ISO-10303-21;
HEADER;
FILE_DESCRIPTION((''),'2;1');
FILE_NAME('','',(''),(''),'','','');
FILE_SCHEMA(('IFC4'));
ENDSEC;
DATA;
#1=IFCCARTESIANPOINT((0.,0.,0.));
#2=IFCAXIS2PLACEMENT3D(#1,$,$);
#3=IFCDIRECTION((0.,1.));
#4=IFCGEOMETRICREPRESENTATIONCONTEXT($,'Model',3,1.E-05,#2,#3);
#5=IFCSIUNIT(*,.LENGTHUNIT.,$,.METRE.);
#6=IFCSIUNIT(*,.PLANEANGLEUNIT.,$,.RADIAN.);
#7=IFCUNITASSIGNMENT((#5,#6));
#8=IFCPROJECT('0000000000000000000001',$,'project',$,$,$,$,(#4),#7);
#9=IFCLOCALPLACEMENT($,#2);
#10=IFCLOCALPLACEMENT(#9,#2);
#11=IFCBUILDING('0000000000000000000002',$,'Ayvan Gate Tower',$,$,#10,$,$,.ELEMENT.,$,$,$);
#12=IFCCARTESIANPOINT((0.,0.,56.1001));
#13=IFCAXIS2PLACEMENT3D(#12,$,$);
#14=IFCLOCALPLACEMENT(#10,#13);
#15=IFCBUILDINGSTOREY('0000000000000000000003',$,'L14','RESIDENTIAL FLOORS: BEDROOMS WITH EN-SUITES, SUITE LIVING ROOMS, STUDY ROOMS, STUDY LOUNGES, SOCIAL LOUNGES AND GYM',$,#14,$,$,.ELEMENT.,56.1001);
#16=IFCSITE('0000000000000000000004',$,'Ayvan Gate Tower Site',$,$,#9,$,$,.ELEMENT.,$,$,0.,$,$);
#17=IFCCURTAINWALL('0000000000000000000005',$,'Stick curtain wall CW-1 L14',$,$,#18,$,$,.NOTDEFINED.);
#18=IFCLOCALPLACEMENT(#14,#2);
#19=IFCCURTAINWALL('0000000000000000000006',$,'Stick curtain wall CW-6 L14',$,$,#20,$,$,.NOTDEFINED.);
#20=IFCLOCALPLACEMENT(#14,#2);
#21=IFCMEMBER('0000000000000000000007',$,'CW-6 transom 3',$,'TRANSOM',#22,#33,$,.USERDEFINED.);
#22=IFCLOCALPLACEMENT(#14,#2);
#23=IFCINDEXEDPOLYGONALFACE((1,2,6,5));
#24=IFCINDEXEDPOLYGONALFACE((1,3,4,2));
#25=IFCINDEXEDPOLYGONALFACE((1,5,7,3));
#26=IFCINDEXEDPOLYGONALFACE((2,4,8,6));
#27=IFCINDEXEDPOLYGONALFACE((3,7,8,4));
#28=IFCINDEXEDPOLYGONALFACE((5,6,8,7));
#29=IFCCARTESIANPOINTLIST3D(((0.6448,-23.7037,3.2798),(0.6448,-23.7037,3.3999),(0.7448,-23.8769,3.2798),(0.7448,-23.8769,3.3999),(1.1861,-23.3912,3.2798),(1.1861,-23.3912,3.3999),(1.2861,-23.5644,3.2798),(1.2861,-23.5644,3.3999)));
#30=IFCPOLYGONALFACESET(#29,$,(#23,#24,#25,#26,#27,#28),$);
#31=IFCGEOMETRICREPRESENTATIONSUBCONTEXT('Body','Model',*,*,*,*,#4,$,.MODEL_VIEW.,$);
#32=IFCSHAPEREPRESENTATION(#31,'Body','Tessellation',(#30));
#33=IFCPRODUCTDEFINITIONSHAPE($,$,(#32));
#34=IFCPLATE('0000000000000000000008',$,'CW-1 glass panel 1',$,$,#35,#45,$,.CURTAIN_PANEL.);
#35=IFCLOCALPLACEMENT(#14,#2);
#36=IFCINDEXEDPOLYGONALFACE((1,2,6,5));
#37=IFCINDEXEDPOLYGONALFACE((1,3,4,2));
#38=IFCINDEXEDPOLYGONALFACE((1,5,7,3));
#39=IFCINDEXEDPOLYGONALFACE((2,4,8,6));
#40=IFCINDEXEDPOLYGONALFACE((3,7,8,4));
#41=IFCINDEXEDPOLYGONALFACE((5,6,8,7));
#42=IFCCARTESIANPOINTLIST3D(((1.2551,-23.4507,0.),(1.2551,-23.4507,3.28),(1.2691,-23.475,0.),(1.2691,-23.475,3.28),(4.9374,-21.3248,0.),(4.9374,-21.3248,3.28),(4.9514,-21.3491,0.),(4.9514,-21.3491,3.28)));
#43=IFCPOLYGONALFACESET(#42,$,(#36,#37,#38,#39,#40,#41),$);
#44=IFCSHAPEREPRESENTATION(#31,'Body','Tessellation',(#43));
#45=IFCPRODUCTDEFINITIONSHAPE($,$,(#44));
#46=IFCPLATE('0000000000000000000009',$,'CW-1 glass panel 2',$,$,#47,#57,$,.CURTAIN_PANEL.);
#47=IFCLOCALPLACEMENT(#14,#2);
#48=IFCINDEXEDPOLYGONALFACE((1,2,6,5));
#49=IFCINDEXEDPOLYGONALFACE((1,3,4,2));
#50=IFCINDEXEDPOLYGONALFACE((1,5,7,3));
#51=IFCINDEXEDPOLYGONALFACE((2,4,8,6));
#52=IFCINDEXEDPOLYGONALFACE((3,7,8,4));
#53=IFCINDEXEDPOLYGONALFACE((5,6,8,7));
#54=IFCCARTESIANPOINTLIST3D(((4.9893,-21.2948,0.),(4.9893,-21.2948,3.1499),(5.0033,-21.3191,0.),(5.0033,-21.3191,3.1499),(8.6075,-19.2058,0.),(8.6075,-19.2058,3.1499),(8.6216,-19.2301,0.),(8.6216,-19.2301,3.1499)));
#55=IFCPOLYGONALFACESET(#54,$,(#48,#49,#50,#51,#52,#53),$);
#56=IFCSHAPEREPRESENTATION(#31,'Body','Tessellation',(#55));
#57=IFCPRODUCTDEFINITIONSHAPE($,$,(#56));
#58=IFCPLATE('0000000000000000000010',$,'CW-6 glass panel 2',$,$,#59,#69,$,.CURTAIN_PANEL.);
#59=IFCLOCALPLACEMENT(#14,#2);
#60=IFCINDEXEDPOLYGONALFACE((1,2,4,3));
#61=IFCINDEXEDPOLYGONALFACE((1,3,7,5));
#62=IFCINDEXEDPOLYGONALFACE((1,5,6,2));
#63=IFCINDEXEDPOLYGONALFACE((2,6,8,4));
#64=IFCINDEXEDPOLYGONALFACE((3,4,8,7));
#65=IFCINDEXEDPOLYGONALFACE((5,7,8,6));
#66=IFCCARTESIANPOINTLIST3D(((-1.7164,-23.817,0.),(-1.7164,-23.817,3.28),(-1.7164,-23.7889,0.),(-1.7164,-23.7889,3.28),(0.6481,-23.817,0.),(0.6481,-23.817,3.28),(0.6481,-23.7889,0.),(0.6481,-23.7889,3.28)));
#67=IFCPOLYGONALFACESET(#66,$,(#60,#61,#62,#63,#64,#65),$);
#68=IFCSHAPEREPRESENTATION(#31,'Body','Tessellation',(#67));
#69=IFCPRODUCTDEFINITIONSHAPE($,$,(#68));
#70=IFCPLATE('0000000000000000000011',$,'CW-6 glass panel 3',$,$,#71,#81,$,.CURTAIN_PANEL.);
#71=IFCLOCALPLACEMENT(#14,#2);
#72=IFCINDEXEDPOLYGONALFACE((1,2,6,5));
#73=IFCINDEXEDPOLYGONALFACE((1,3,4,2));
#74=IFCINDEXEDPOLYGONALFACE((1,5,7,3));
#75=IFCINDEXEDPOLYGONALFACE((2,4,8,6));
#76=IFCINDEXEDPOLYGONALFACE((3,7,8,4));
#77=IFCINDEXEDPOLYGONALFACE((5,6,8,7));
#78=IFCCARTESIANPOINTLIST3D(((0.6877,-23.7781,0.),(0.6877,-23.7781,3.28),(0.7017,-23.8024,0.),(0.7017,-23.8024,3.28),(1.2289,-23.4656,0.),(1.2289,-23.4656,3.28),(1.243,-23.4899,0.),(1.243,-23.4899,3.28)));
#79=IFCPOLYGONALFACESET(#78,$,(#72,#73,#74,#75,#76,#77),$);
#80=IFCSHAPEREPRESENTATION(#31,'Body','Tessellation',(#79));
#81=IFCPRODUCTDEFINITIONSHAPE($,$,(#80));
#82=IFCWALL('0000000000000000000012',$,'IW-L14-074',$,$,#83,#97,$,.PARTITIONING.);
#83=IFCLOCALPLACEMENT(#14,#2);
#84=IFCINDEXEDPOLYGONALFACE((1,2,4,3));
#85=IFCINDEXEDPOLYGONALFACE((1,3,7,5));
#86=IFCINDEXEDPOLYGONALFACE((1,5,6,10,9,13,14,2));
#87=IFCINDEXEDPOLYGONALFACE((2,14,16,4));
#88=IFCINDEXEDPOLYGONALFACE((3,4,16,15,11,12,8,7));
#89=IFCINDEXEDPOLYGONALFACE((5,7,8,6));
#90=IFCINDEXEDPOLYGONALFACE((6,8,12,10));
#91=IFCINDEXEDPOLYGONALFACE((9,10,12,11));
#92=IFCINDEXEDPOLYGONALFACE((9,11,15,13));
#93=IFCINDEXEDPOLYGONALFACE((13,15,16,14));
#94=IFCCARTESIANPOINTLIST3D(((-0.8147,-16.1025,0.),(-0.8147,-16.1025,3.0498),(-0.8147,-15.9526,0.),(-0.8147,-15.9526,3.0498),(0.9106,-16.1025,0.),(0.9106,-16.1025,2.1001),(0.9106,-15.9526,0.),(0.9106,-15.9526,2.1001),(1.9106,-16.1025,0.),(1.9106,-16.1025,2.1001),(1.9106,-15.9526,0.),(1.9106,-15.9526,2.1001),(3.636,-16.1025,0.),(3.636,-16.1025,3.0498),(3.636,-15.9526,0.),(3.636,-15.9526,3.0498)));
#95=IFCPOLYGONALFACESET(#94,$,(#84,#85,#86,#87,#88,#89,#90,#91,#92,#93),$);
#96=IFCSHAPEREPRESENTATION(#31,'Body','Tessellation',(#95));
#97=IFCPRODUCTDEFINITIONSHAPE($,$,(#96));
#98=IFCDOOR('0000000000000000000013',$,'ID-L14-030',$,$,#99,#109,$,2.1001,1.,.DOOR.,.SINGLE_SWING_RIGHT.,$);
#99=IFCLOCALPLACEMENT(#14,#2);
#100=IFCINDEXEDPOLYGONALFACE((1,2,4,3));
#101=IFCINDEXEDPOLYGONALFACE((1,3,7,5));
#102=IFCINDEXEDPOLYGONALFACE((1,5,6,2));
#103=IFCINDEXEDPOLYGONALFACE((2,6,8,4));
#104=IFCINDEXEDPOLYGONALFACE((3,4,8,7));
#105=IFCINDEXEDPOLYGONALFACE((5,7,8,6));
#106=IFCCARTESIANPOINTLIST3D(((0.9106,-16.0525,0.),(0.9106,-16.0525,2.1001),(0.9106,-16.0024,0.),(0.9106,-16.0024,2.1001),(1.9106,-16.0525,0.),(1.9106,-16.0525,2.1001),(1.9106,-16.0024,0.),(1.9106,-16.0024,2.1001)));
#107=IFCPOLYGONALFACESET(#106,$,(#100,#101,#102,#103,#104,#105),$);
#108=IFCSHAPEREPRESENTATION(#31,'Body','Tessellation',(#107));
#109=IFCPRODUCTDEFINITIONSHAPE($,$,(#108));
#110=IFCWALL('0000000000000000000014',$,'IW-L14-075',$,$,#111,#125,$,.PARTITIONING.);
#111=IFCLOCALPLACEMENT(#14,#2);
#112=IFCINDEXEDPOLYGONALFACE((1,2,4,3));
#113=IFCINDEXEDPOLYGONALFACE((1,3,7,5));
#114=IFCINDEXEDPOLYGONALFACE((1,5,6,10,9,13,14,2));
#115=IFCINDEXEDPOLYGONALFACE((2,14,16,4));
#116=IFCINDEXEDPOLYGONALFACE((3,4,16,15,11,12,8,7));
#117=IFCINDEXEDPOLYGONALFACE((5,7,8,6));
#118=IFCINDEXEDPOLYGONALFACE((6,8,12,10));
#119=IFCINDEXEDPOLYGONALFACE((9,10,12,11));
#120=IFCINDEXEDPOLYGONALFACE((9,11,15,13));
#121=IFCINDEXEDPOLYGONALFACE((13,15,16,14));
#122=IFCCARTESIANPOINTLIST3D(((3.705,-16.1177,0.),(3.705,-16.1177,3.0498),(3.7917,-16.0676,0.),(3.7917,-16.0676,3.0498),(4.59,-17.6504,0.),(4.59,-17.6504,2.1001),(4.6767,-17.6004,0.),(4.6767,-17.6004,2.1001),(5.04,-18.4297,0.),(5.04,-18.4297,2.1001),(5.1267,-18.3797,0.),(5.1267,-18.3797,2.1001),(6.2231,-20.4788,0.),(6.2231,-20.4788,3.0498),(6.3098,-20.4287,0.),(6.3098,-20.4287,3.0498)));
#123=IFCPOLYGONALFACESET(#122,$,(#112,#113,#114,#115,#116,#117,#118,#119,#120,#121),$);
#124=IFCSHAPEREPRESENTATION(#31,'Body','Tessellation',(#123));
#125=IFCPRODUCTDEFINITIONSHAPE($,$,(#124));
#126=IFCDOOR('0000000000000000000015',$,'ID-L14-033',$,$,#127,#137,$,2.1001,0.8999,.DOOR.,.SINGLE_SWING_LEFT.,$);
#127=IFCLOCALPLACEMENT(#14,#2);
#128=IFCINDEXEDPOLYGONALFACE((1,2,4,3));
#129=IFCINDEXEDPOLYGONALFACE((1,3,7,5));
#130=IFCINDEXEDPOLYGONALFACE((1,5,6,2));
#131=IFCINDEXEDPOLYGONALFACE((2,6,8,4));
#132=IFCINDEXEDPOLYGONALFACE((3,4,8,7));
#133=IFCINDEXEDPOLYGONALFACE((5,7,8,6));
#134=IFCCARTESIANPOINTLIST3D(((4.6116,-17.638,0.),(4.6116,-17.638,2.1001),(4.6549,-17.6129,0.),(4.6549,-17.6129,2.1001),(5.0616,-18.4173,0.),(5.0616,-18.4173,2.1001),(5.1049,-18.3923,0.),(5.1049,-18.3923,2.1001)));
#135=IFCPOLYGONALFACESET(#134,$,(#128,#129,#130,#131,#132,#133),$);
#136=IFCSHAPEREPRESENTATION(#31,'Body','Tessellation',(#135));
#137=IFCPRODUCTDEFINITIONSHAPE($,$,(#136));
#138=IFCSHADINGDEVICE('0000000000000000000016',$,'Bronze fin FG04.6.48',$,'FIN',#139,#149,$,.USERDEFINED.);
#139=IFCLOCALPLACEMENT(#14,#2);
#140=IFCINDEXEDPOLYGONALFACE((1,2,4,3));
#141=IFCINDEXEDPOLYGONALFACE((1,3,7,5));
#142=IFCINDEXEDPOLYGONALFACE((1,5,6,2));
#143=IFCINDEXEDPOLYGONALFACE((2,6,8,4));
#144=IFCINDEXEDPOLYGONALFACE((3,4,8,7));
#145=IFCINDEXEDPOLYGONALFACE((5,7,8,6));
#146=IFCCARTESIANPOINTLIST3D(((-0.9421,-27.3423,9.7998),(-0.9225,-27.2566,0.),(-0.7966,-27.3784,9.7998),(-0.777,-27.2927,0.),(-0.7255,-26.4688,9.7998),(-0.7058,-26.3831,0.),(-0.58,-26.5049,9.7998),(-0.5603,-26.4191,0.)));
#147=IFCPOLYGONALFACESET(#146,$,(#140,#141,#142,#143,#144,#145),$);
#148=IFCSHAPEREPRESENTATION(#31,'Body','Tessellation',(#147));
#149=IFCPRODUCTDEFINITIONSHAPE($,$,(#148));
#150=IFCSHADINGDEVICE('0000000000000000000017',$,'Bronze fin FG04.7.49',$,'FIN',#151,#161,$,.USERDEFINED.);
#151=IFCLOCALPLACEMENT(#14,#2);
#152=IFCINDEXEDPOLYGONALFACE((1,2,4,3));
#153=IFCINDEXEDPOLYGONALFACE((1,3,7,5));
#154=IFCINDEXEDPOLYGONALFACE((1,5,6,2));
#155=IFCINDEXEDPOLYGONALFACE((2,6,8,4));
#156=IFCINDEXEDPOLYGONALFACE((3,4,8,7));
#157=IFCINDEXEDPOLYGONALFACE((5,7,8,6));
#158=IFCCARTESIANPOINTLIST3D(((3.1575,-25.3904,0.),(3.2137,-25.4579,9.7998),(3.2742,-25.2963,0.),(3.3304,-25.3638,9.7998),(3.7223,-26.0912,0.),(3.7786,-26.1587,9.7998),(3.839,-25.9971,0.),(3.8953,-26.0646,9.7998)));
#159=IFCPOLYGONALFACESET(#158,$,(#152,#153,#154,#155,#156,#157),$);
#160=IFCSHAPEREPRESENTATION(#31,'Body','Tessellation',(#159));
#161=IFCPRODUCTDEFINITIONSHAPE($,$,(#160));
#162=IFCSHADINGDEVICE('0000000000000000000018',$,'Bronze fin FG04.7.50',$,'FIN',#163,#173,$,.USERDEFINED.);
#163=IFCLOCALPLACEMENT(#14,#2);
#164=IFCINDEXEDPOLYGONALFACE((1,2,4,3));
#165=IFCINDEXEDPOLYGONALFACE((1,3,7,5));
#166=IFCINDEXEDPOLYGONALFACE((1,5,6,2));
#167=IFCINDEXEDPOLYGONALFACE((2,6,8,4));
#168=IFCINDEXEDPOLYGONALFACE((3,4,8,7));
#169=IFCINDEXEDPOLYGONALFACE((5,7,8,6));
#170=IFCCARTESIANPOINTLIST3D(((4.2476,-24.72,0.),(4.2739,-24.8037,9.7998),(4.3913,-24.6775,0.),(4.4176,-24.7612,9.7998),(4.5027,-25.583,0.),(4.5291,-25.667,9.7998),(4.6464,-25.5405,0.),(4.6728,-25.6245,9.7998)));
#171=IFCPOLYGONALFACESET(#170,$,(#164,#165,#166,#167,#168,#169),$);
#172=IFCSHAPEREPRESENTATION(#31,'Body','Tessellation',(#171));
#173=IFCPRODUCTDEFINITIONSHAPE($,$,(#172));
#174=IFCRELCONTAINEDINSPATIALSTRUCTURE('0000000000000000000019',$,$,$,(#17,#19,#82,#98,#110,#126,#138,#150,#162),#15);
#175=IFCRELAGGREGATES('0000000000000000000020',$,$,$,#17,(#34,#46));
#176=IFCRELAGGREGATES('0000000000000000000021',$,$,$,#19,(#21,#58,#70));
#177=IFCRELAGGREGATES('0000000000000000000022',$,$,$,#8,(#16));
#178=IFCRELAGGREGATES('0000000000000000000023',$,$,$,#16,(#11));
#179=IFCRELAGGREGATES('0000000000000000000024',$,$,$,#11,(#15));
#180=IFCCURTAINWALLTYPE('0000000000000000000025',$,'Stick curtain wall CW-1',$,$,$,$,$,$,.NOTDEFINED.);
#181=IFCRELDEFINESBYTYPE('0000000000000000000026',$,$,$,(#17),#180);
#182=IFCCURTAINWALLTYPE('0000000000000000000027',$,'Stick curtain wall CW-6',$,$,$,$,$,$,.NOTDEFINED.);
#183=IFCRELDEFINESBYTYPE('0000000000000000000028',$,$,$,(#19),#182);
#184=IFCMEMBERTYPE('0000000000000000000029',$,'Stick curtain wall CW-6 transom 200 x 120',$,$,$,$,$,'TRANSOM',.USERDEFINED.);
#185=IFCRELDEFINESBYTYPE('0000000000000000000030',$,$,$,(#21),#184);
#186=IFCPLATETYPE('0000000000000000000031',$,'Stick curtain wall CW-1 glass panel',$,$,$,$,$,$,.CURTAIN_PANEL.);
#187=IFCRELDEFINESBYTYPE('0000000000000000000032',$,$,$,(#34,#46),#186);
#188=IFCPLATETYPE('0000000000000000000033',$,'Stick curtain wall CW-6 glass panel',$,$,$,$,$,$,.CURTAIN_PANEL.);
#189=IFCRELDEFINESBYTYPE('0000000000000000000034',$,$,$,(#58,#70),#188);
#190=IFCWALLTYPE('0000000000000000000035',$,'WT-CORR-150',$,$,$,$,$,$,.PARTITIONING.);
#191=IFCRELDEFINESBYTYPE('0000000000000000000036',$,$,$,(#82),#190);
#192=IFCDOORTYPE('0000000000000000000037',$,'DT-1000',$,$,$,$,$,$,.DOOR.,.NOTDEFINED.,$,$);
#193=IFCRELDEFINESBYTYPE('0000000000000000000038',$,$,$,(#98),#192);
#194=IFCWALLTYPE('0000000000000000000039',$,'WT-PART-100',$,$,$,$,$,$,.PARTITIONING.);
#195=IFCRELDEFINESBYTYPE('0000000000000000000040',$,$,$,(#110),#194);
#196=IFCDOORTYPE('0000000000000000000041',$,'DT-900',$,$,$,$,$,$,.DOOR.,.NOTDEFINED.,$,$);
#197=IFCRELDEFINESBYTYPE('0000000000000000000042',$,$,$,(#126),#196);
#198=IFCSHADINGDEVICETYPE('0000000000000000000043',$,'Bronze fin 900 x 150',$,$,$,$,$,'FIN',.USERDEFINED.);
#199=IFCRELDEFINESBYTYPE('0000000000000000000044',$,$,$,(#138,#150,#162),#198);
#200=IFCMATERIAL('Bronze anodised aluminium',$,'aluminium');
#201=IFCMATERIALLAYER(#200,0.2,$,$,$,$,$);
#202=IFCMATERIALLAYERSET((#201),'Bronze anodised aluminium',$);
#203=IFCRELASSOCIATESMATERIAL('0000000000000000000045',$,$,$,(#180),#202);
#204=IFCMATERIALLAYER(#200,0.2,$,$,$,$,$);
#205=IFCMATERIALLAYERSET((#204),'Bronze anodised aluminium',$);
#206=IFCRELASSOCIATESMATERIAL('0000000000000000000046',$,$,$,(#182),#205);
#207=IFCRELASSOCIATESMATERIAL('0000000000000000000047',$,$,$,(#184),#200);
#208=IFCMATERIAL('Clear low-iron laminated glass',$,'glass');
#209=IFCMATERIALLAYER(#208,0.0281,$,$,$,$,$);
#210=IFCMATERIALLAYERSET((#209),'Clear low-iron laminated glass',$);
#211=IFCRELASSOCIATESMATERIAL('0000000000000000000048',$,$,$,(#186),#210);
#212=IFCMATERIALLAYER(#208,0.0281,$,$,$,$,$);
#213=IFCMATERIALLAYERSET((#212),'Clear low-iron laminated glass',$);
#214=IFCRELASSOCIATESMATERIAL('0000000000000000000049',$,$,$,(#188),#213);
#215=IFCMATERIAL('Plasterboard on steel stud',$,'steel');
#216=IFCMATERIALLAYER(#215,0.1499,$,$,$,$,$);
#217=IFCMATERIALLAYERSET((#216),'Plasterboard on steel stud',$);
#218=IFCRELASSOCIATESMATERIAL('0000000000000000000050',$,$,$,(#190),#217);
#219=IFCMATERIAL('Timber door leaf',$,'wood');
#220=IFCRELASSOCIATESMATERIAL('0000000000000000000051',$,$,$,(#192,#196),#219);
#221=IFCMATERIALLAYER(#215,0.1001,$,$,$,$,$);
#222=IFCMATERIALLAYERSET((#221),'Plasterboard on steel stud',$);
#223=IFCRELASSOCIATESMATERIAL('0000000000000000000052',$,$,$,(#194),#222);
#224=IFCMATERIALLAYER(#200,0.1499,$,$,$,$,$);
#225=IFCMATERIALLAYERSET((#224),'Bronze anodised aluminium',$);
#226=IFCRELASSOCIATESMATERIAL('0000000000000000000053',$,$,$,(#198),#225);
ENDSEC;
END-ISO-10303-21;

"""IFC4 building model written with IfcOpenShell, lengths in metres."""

from ifc_helpers import new_model, si_unit, direction, frame, frame_2d, origin, origin_2d, place, context, subcontext, project, spatial, polyline, rectangle, outline, extrude, material, layer, layer_set, material_profile, profile_set, type_object, element, fill, aggregate, save


model = new_model("IFC4")

# Units and contexts
model_context = context("Model", 3, precision=1e-05, world=origin(), true_north=direction((0.0, 1.0)))
body_context = subcontext(model_context, "Body", "Model", "MODEL_VIEW")
ifc_project = project(units=[si_unit("LENGTHUNIT", "METRE"), si_unit("PLANEANGLEUNIT", "RADIAN")], contexts=[model_context])

# Site, building, storey
site_placement = place(None, origin())
site = spatial("IfcSite", under=ifc_project, at=site_placement, Name="Ayvan Gate Tower Site", CompositionType="ELEMENT", RefElevation=0.0)
building_placement = place(site_placement, origin())
building = spatial("IfcBuilding", under=site, at=building_placement, Name="Ayvan Gate Tower", CompositionType="ELEMENT")
storey_placement = place(building_placement, frame((0.0, 0.0, 56.1001)))
storey = spatial("IfcBuildingStorey", under=building, at=storey_placement, Name="L14", Description="RESIDENTIAL FLOORS: BEDROOMS WITH EN-SUITES, SUITE LIVING ROOMS, STUDY ROOMS, STUDY LOUNGES, SOCIAL LOUNGES AND GYM", CompositionType="ELEMENT", Elevation=56.1001)

# Curtain walls, member
ifc_material_1 = material(Name="Bronze anodised aluminium", Category="aluminium")
ifc_layer_1 = layer(ifc_material_1, 0.2)
ifc_layer_set_1 = layer_set([ifc_layer_1], Name="Bronze anodised aluminium")
curtain_wall_type_1 = type_object("IfcCurtainWallType", Name="Stick curtain wall CW-1", PredefinedType="NOTDEFINED", material=ifc_layer_set_1)
curtain_wall_1_placement = place(storey_placement, origin())
curtain_wall_1 = element("IfcCurtainWall", 1, at=curtain_wall_1_placement, inside=storey, type_object=curtain_wall_type_1, Name="Stick curtain wall CW-1 L14", PredefinedType="NOTDEFINED")
ifc_layer_2 = layer(ifc_material_1, 0.2)
ifc_layer_set_2 = layer_set([ifc_layer_2], Name="Bronze anodised aluminium")
curtain_wall_type_2 = type_object("IfcCurtainWallType", Name="Stick curtain wall CW-6", PredefinedType="NOTDEFINED", material=ifc_layer_set_2)
curtain_wall_2_placement = place(storey_placement, origin())
curtain_wall_2 = element("IfcCurtainWall", 2, at=curtain_wall_2_placement, inside=storey, type_object=curtain_wall_type_2, Name="Stick curtain wall CW-6 L14", PredefinedType="NOTDEFINED")
ifc_material_profile_1 = material_profile(ifc_material_1, rectangle(XDim=0.2, YDim=0.1201, at=origin_2d()), Name="Stick curtain wall CW-6 transom 200 x 120")
ifc_profile_set_1 = profile_set([ifc_material_profile_1], Name="Bronze anodised aluminium")
member_type_1 = type_object("IfcMemberType", Name="Stick curtain wall CW-6 transom 200 x 120", ElementType="TRANSOM", PredefinedType="USERDEFINED", material=ifc_profile_set_1)
member_1_placement = place(storey_placement, frame((0.6948, -23.7903, 3.3398), z_axis=(0.866023, 0.500004, 0.0), x_axis=(-0.500004, 0.866023, 0.0)))
member_1 = element("IfcMember", 3, at=member_1_placement, type_object=member_type_1, Name="CW-6 transom 3", ObjectType="TRANSOM", PredefinedType="USERDEFINED", context=body_context, shape_type="SweptSolid", body=[
    extrude(rectangle(XDim=0.2, YDim=0.1201, at=origin_2d()), origin(), (0.0, 0.0, 1.0), 0.625),
])

# Plates
ifc_material_2 = material(Name="Clear low-iron laminated glass", Category="glass")
ifc_layer_3 = layer(ifc_material_2, 0.0281)
ifc_layer_set_3 = layer_set([ifc_layer_3], Name="Clear low-iron laminated glass")
plate_type_1 = type_object("IfcPlateType", Name="Stick curtain wall CW-1 glass panel", PredefinedType="CURTAIN_PANEL", material=ifc_layer_set_3)
plate_1_placement = place(storey_placement, frame((3.1033, -22.3999, 0.0), z_axis=(0.0, 0.0, 1.0), x_axis=(0.866025, 0.5, 0.0)))
plate_1 = element("IfcPlate", 4, at=plate_1_placement, type_object=plate_type_1, Name="CW-1 glass panel 1", PredefinedType="CURTAIN_PANEL", context=body_context, shape_type="SweptSolid", body=[
    extrude(rectangle(XDim=4.252, YDim=0.0281, at=origin_2d()), origin(), (0.0, 0.0, 1.0), 3.28),
])
plate_2_placement = place(storey_placement, frame((6.8054, -20.2625, 0.0), z_axis=(0.0, 0.0, 1.0), x_axis=(0.866025, 0.5, 0.0)))
plate_2 = element("IfcPlate", 5, at=plate_2_placement, type_object=plate_type_1, Name="CW-1 glass panel 2", PredefinedType="CURTAIN_PANEL", context=body_context, shape_type="SweptSolid", body=[
    extrude(rectangle(XDim=4.178, YDim=0.0281, at=origin_2d()), origin(), (0.0, 0.0, 1.0), 3.1499),
])
aggregate(curtain_wall_1, [plate_1, plate_2])
ifc_layer_4 = layer(ifc_material_2, 0.0281)
ifc_layer_set_4 = layer_set([ifc_layer_4], Name="Clear low-iron laminated glass")
plate_type_2 = type_object("IfcPlateType", Name="Stick curtain wall CW-6 glass panel", PredefinedType="CURTAIN_PANEL", material=ifc_layer_set_4)
plate_3_placement = place(storey_placement, frame((-0.5342, -23.803, 0.0), z_axis=(0.0, 0.0, 1.0), x_axis=(1.0, 0.0, 0.0)))
plate_3 = element("IfcPlate", 6, at=plate_3_placement, type_object=plate_type_2, Name="CW-6 glass panel 2", PredefinedType="CURTAIN_PANEL", context=body_context, shape_type="SweptSolid", body=[
    extrude(rectangle(XDim=2.3645, YDim=0.0281, at=origin_2d()), origin(), (0.0, 0.0, 1.0), 3.28),
])
plate_4_placement = place(storey_placement, frame((0.9653, -23.634, 0.0), z_axis=(0.0, 0.0, 1.0), x_axis=(0.866025, 0.5, 0.0)))
plate_4 = element("IfcPlate", 7, at=plate_4_placement, type_object=plate_type_2, Name="CW-6 glass panel 3", PredefinedType="CURTAIN_PANEL", context=body_context, shape_type="SweptSolid", body=[
    extrude(rectangle(XDim=0.625, YDim=0.0281, at=origin_2d()), origin(), (0.0, 0.0, 1.0), 3.28),
])
aggregate(curtain_wall_2, [member_1, plate_3, plate_4])

# Walls, openings, doors
ifc_material_3 = material(Name="Plasterboard on steel stud", Category="steel")
ifc_layer_5 = layer(ifc_material_3, 0.1499)
ifc_layer_set_5 = layer_set([ifc_layer_5], Name="Plasterboard on steel stud")
wall_type_1 = type_object("IfcWallType", Name="WT-CORR-150", PredefinedType="PARTITIONING", material=ifc_layer_set_5)
wall_1_placement = place(storey_placement, frame((3.636, -16.0276, 0.0), z_axis=(0.0, 0.0, 1.0), x_axis=(-1.0, 0.0, 0.0)))
wall_1 = element("IfcWall", 8, at=wall_1_placement, inside=storey, type_object=wall_type_1, Name="IW-L14-074", PredefinedType="PARTITIONING", context=body_context, shape_type="SweptSolid", body=[
    extrude(rectangle(XDim=4.4507, YDim=0.1499, at=frame_2d((2.2253, 0.0))), origin(), (0.0, 0.0, 1.0), 3.0498),
])
opening_1_placement = place(wall_1_placement, frame((1.7253, 0.0, 0.0)))
opening_1 = element("IfcOpeningElement", 9, at=opening_1_placement, cuts=wall_1, PredefinedType="OPENING", context=body_context, shape_type="SweptSolid", body=[
    extrude(rectangle(XDim=1.0, YDim=2.1001, at=frame_2d((0.5, 1.05))), frame((0.0, 0.085, 0.0), z_axis=(0.0, -1.0, 0.0), x_axis=(1.0, 0.0, 0.0)), (0.0, 0.0, 1.0), 0.1699),
])
ifc_material_4 = material(Name="Timber door leaf", Category="wood")
door_type_1 = type_object("IfcDoorType", Name="DT-1000", OperationType="NOTDEFINED", PredefinedType="DOOR", material=ifc_material_4)
door_1_placement = place(opening_1_placement, origin())
door_1 = element("IfcDoor", 10, at=door_1_placement, inside=storey, type_object=door_type_1, Name="ID-L14-030", OperationType="SINGLE_SWING_RIGHT", OverallHeight=2.1001, OverallWidth=1.0, PredefinedType="DOOR", context=body_context, shape_type="SweptSolid", body=[
    extrude(rectangle(XDim=1.0, YDim=2.1001, at=frame_2d((0.5, 1.05))), frame((0.0, 0.0249, 0.0), z_axis=(0.0, -1.0, 0.0), x_axis=(1.0, 0.0, 0.0)), (0.0, 0.0, 1.0), 0.05),
])
fill(opening_1, door_1)
ifc_layer_6 = layer(ifc_material_3, 0.1001)
ifc_layer_set_6 = layer_set([ifc_layer_6], Name="Plasterboard on steel stud")
wall_type_2 = type_object("IfcWallType", Name="WT-PART-100", PredefinedType="PARTITIONING", material=ifc_layer_set_6)
wall_2_placement = place(storey_placement, frame((3.7483, -16.0925, 0.0), z_axis=(0.0, 0.0, 1.0), x_axis=(0.500029, -0.866009, 0.0)))
wall_2 = element("IfcWall", 11, at=wall_2_placement, inside=storey, type_object=wall_type_2, Name="IW-L14-075", PredefinedType="PARTITIONING", context=body_context, shape_type="SweptSolid", body=[
    extrude(rectangle(XDim=5.0359, YDim=0.1001, at=frame_2d((2.5181, 0.0))), origin(), (0.0, 0.0, 1.0), 3.0498),
])
opening_2_placement = place(wall_2_placement, frame((1.77, 0.0, 0.0)))
opening_2 = element("IfcOpeningElement", 12, at=opening_2_placement, cuts=wall_2, PredefinedType="OPENING", context=body_context, shape_type="SweptSolid", body=[
    extrude(rectangle(XDim=0.8999, YDim=2.1001, at=frame_2d((0.45, 1.05))), frame((0.0, 0.0601, 0.0), z_axis=(0.0, -1.0, 0.0), x_axis=(1.0, 0.0, 0.0)), (0.0, 0.0, 1.0), 0.1201),
])
door_type_2 = type_object("IfcDoorType", Name="DT-900", OperationType="NOTDEFINED", PredefinedType="DOOR", material=ifc_material_4)
door_2_placement = place(opening_2_placement, origin())
door_2 = element("IfcDoor", 13, at=door_2_placement, inside=storey, type_object=door_type_2, Name="ID-L14-033", OperationType="SINGLE_SWING_LEFT", OverallHeight=2.1001, OverallWidth=0.8999, PredefinedType="DOOR", context=body_context, shape_type="SweptSolid", body=[
    extrude(rectangle(XDim=0.8999, YDim=2.1001, at=frame_2d((0.45, 1.05))), frame((0.0, 0.0249, 0.0), z_axis=(0.0, -1.0, 0.0), x_axis=(1.0, 0.0, 0.0)), (0.0, 0.0, 1.0), 0.05),
])
fill(opening_2, door_2)

# Shading devices
ifc_layer_7 = layer(ifc_material_1, 0.1499)
ifc_layer_set_7 = layer_set([ifc_layer_7], Name="Bronze anodised aluminium")
shading_device_type = type_object("IfcShadingDeviceType", Name="Bronze fin 900 x 150", ElementType="FIN", PredefinedType="USERDEFINED", material=ifc_layer_set_7)
shading_device_1_placement = place(storey_placement, frame((-0.7058, -26.3831, 0.0), z_axis=(-0.970588, 0.240748, 0.000159), x_axis=(-0.240748, -0.970588, 0.0)))
element("IfcShadingDevice", 14, at=shading_device_1_placement, inside=storey, type_object=shading_device_type, Name="Bronze fin FG04.6.48", ObjectType="FIN", PredefinedType="USERDEFINED", context=body_context, shape_type="SweptSolid", body=[
    extrude(outline(polyline([(0.0, 0.0), (0.9, 0.0), (0.9879, 9.7998), (0.0879, 9.7998), (0.0, 0.0)])), origin(), (0.0, 0.0, -1.0), 0.1499),
])
shading_device_2_placement = place(storey_placement, frame((3.1575, -25.3904, 0.0), z_axis=(-0.778601, -0.627519, 0.000148), x_axis=(0.627519, -0.778601, 0.0)))
element("IfcShadingDevice", 15, at=shading_device_2_placement, inside=storey, type_object=shading_device_type, Name="Bronze fin FG04.7.49", ObjectType="FIN", PredefinedType="USERDEFINED", context=body_context, shape_type="SweptSolid", body=[
    extrude(outline(polyline([(0.0, 0.0), (0.9001, 0.0), (0.988, 9.7998), (0.0879, 9.7998), (0.0, 0.0)])), origin(), (0.0, 0.0, -1.0), 0.1499),
])
shading_device_3_placement = place(storey_placement, frame((4.2476, -24.72, 0.0), z_axis=(-0.958987, -0.283451, 0.000155), x_axis=(0.283451, -0.958987, 0.0)))
element("IfcShadingDevice", 16, at=shading_device_3_placement, inside=storey, type_object=shading_device_type, Name="Bronze fin FG04.7.50", ObjectType="FIN", PredefinedType="USERDEFINED", context=body_context, shape_type="SweptSolid", body=[
    extrude(outline(polyline([(0.0, 0.0), (0.9, 0.0), (0.988, 9.7998), (0.0878, 9.7998), (0.0, 0.0)])), origin(), (0.0, 0.0, -1.0), 0.1499),
])

save(model, "model.ifc")
